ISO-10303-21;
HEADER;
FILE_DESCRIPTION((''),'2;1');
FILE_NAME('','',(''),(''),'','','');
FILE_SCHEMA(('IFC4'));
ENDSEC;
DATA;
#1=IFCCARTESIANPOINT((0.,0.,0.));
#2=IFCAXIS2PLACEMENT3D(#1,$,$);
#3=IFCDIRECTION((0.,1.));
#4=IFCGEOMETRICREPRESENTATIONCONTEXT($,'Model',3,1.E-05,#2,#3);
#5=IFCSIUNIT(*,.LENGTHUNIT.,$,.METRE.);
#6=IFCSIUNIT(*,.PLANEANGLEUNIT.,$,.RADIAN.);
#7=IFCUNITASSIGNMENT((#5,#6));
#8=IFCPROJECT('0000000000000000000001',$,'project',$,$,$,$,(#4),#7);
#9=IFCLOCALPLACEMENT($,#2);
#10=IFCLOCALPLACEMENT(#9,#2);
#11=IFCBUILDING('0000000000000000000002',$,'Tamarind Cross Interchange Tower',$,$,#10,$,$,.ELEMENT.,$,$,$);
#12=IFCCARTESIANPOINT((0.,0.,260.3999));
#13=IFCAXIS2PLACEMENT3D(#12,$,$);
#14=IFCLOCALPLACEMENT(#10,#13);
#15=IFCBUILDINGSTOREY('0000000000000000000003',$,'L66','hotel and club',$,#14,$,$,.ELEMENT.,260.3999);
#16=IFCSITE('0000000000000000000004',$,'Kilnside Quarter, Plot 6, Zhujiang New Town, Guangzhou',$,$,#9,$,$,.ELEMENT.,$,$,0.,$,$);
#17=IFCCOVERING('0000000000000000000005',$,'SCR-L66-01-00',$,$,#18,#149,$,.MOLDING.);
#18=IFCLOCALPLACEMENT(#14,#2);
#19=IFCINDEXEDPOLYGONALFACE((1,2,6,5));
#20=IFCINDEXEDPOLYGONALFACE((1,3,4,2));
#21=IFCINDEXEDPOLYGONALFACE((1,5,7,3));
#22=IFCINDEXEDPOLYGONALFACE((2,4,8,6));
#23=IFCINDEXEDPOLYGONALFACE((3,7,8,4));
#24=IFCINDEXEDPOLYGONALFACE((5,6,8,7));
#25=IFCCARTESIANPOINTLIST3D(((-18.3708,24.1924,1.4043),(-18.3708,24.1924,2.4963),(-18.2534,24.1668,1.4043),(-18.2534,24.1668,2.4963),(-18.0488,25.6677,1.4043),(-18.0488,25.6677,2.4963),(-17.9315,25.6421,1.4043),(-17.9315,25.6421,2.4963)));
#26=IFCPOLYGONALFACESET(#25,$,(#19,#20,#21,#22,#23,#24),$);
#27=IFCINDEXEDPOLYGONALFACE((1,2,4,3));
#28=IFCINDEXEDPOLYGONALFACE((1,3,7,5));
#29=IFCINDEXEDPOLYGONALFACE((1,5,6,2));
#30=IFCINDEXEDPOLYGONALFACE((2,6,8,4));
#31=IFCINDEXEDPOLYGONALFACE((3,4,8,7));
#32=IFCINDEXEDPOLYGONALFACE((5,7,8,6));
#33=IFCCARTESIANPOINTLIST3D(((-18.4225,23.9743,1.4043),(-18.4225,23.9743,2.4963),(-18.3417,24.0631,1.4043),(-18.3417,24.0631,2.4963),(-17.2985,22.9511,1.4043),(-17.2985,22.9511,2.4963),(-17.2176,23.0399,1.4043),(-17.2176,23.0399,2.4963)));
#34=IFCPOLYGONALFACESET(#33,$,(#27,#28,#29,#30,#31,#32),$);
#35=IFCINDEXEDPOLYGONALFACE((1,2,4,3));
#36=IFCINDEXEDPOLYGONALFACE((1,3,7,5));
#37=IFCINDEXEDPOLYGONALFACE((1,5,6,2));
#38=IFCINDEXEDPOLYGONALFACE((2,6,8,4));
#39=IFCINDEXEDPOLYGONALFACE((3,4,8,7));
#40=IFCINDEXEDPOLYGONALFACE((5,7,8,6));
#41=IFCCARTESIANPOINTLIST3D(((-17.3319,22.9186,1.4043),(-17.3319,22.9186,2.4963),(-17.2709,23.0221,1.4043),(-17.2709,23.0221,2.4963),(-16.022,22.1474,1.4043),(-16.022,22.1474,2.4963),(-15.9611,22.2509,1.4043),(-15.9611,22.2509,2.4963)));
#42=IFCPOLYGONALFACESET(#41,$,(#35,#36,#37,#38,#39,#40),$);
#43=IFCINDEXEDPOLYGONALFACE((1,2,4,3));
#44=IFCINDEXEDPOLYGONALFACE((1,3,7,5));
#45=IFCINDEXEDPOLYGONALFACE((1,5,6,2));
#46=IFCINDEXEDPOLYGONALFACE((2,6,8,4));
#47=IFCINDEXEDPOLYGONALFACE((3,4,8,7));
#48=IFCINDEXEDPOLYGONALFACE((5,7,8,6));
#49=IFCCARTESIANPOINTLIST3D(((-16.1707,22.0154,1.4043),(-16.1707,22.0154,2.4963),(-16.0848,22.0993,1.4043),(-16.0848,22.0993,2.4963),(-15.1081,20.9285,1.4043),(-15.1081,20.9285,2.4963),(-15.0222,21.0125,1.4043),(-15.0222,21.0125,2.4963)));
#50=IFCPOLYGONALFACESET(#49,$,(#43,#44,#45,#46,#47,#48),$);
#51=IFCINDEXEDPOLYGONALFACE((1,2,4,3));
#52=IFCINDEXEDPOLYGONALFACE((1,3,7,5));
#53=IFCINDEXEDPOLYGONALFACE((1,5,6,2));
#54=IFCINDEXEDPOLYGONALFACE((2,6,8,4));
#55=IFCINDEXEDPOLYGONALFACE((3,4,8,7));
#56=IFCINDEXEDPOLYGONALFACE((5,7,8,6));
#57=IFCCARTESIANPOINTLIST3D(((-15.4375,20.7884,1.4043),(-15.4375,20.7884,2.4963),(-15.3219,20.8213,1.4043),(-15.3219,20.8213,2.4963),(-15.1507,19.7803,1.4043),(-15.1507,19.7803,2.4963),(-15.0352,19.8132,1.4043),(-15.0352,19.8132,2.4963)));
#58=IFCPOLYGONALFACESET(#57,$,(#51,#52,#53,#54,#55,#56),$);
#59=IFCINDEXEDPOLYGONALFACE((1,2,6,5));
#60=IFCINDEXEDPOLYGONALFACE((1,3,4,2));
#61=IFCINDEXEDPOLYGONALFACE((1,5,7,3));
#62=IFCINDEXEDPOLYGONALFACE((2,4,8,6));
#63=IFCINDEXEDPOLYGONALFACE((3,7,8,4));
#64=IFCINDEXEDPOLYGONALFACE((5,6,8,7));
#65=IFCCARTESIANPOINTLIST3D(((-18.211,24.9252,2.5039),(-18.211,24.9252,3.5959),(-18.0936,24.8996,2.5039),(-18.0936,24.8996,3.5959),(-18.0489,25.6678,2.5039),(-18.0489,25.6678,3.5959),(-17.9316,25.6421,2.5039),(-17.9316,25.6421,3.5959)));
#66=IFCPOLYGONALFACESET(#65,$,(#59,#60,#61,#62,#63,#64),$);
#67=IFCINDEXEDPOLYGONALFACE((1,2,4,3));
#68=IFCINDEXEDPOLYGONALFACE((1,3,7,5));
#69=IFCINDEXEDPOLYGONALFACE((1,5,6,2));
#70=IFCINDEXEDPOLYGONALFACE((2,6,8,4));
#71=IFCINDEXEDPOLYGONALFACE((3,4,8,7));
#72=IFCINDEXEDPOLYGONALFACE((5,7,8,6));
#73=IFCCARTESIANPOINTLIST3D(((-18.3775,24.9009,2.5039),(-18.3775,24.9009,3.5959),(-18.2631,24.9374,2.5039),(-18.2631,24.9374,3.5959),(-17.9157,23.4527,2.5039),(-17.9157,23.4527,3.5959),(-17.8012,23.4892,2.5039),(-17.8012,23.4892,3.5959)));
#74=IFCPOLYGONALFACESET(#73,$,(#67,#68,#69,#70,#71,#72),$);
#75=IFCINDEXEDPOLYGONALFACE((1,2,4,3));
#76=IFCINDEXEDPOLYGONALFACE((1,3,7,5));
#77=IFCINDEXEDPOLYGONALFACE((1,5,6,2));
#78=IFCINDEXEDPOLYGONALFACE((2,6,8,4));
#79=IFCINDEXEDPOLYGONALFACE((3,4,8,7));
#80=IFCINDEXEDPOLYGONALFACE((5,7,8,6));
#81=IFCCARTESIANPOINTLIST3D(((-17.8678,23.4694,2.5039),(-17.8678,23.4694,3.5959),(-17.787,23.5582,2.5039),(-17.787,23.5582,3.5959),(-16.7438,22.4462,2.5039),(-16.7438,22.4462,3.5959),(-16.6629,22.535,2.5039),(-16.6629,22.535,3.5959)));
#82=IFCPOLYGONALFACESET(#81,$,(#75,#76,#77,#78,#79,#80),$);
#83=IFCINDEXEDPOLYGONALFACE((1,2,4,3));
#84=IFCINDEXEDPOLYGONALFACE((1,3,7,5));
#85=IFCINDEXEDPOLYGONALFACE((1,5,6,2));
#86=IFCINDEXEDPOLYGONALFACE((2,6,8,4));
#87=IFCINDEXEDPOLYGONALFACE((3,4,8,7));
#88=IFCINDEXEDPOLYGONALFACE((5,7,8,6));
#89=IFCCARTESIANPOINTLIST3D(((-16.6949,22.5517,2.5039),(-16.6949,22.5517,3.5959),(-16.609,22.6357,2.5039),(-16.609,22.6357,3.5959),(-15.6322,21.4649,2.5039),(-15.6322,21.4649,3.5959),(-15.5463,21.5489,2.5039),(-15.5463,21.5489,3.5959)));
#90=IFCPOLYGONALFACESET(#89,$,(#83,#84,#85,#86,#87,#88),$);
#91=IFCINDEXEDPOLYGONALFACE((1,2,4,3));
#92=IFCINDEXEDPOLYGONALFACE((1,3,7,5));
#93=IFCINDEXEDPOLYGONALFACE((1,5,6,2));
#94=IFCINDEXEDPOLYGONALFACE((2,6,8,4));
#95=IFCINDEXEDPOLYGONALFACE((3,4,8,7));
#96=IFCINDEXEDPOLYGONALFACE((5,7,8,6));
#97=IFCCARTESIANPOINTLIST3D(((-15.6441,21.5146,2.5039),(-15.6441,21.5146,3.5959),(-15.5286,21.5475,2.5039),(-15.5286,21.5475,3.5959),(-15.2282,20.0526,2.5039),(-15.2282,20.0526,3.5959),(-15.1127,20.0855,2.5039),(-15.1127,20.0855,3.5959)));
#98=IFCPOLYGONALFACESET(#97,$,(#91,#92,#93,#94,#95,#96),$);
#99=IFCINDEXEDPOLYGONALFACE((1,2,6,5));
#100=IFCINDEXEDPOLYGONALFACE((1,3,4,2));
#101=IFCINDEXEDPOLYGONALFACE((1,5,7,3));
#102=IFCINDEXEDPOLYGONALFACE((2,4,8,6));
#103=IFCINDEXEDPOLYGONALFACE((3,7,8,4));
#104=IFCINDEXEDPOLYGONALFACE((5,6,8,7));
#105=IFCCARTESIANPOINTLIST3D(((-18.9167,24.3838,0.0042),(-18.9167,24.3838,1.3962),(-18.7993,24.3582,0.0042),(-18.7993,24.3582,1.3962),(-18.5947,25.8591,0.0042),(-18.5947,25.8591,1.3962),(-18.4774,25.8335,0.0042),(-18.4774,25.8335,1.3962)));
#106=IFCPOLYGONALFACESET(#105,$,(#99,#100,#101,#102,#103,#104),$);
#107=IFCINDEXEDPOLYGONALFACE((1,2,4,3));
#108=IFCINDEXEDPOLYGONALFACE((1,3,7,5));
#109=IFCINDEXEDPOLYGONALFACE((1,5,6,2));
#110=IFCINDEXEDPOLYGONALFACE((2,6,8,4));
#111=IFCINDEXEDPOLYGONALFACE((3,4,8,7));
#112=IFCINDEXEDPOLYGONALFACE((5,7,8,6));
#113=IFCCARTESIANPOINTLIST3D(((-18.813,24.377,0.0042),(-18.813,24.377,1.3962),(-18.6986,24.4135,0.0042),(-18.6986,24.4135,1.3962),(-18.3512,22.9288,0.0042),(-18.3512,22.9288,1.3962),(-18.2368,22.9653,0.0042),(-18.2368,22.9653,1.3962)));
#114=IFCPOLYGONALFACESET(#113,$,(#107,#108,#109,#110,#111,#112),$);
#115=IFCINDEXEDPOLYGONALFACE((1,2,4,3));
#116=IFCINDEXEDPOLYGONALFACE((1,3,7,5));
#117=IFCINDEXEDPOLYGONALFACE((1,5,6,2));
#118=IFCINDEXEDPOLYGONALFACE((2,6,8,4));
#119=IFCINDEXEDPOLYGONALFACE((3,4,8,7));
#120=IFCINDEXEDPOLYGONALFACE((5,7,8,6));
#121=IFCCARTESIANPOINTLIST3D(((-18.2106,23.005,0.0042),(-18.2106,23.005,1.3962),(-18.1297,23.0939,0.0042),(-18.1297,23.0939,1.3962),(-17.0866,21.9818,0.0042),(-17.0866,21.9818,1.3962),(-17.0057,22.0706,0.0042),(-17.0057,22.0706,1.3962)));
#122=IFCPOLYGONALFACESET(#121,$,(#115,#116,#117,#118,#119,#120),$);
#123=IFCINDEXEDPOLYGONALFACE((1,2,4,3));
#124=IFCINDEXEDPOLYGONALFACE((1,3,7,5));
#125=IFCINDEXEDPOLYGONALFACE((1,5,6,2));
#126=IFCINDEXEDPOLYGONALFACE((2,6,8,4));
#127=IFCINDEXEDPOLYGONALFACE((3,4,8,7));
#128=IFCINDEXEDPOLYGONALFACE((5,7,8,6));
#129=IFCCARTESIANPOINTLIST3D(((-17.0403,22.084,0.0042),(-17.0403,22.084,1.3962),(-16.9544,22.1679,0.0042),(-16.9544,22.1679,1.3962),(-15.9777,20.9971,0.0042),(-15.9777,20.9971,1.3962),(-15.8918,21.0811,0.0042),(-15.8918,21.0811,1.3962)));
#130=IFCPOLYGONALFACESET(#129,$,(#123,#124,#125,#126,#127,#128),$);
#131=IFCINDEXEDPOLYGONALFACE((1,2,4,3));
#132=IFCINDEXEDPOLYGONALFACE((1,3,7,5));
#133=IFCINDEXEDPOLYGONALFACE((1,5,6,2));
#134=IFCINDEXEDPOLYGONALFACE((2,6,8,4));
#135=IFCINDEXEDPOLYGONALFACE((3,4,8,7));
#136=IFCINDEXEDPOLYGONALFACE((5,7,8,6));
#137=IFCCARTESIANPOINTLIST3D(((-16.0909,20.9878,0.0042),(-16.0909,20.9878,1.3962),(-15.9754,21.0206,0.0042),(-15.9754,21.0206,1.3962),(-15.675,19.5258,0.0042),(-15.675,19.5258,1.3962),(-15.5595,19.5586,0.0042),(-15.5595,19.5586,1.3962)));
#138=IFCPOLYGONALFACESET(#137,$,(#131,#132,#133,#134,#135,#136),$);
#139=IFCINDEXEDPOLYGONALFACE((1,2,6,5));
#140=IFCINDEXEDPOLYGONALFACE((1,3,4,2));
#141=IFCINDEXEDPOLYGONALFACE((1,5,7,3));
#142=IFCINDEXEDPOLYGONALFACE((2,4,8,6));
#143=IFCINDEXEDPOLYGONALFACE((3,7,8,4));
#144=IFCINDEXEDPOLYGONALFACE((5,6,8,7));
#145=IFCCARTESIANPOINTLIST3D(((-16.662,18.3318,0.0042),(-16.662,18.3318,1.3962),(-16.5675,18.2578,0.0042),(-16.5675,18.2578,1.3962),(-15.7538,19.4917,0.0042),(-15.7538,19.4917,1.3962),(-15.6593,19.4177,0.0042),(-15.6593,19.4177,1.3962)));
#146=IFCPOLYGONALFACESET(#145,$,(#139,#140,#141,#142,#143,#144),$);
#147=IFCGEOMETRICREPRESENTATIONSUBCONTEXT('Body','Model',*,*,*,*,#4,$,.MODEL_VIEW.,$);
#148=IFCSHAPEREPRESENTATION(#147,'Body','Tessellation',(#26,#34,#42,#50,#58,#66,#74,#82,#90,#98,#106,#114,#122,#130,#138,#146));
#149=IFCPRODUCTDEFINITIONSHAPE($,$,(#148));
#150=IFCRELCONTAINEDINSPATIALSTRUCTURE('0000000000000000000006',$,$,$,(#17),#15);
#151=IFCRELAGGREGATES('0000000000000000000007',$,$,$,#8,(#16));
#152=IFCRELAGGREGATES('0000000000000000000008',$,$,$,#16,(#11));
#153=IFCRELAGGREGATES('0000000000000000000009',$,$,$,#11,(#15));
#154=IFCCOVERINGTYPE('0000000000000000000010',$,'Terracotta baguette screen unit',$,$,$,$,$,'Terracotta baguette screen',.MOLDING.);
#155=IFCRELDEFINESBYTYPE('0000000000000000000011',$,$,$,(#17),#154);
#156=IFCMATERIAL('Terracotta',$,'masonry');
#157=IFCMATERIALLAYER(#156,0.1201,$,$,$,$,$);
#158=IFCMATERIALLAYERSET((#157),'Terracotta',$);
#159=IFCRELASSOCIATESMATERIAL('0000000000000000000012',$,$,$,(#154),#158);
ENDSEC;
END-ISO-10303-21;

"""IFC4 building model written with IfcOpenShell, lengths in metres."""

from ifc_helpers import new_model, si_unit, direction, frame, origin, origin_2d, place, context, subcontext, project, spatial, rectangle, extrude, material, layer, layer_set, type_object, element, save


model = new_model("IFC4")

# Units and contexts
model_context = context("Model", 3, precision=1e-05, world=origin(), true_north=direction((0.0, 1.0)))
body_context = subcontext(model_context, "Body", "Model", "MODEL_VIEW")
ifc_project = project(units=[si_unit("LENGTHUNIT", "METRE"), si_unit("PLANEANGLEUNIT", "RADIAN")], contexts=[model_context])

# Site, building, storey
site_placement = place(None, origin())
site = spatial("IfcSite", under=ifc_project, at=site_placement, Name="Kilnside Quarter, Plot 6, Zhujiang New Town, Guangzhou", CompositionType="ELEMENT", RefElevation=0.0)
building_placement = place(site_placement, origin())
building = spatial("IfcBuilding", under=site, at=building_placement, Name="Tamarind Cross Interchange Tower", CompositionType="ELEMENT")
storey_placement = place(building_placement, frame((0.0, 0.0, 260.3999)))
storey = spatial("IfcBuildingStorey", under=building, at=storey_placement, Name="L66", Description="hotel and club", CompositionType="ELEMENT", Elevation=260.3999)

# Covering
ifc_material_1 = material(Name="Terracotta", Category="masonry")
ifc_layer_1 = layer(ifc_material_1, 0.1201)
ifc_layer_set_1 = layer_set([ifc_layer_1], Name="Terracotta")
covering_type = type_object("IfcCoveringType", Name="Terracotta baguette screen unit", ElementType="Terracotta baguette screen", PredefinedType="MOLDING", material=ifc_layer_set_1)
covering_1_placement = place(storey_placement, origin())
element("IfcCovering", 1, at=covering_1_placement, inside=storey, type_object=covering_type, Name="SCR-L66-01-00", PredefinedType="MOLDING", context=body_context, shape_type="SweptSolid", body=[
    extrude(rectangle(XDim=1.51, YDim=0.1201, at=origin_2d()), frame((-18.1511, 24.9172, 1.4043), z_axis=(0.0, 0.0, 1.0), x_axis=(-0.213235, -0.977001, 0.0)), (0.0, 0.0, 1.0), 1.092),
    extrude(rectangle(XDim=1.52, YDim=0.1201, at=origin_2d()), frame((-17.8201, 23.5071, 1.4043), z_axis=(0.0, 0.0, 1.0), x_axis=(0.73949, -0.673167, 0.0)), (0.0, 0.0, 1.0), 1.092),
    extrude(rectangle(XDim=1.52, YDim=0.1201, at=origin_2d()), frame((-16.6465, 22.5847, 1.4043), z_axis=(0.0, 0.0, 1.0), x_axis=(0.861739, -0.507353, 0.0)), (0.0, 0.0, 1.0), 1.092),
    extrude(rectangle(XDim=1.52, YDim=0.1201, at=origin_2d()), frame((-15.5964, 21.5139, 1.4043), z_axis=(0.0, 0.0, 1.0), x_axis=(0.699094, -0.715029, 0.0)), (0.0, 0.0, 1.0), 1.092),
    extrude(rectangle(XDim=1.0481, YDim=0.1201, at=origin_2d()), frame((-15.2363, 20.3008, 1.4043), z_axis=(0.0, 0.0, 1.0), x_axis=(0.273604, -0.961842, 0.0)), (0.0, 0.0, 1.0), 1.092),
    extrude(rectangle(XDim=0.76, YDim=0.1201, at=origin_2d()), frame((-18.0713, 25.2837, 2.5039), z_axis=(0.0, 0.0, 1.0), x_axis=(-0.213235, -0.977001, 0.0)), (0.0, 0.0, 1.0), 1.092),
    extrude(rectangle(XDim=1.52, YDim=0.1201, at=origin_2d()), frame((-18.0894, 24.1951, 2.5039), z_axis=(0.0, 0.0, 1.0), x_axis=(0.303834, -0.952725, 0.0)), (0.0, 0.0, 1.0), 1.092),
    extrude(rectangle(XDim=1.52, YDim=0.1201, at=origin_2d()), frame((-17.2654, 23.0022, 2.5039), z_axis=(0.0, 0.0, 1.0), x_axis=(0.73949, -0.673167, 0.0)), (0.0, 0.0, 1.0), 1.092),
    extrude(rectangle(XDim=1.52, YDim=0.1201, at=origin_2d()), frame((-16.1206, 22.0503, 2.5039), z_axis=(0.0, 0.0, 1.0), x_axis=(0.699094, -0.715029, 0.0)), (0.0, 0.0, 1.0), 1.092),
    extrude(rectangle(XDim=1.52, YDim=0.1201, at=origin_2d()), frame((-15.3784, 20.8, 2.5039), z_axis=(0.0, 0.0, 1.0), x_axis=(0.273604, -0.961842, 0.0)), (0.0, 0.0, 1.0), 1.092),
    extrude(rectangle(XDim=1.51, YDim=0.1201, at=origin_2d()), frame((-18.697, 25.1086, 0.0042), z_axis=(0.0, 0.0, 1.0), x_axis=(-0.213235, -0.977001, 0.0)), (0.0, 0.0, 1.0), 1.3921),
    extrude(rectangle(XDim=1.52, YDim=0.1201, at=origin_2d()), frame((-18.5249, 23.6711, 0.0042), z_axis=(0.0, 0.0, 1.0), x_axis=(0.303834, -0.952725, 0.0)), (0.0, 0.0, 1.0), 1.3921),
    extrude(rectangle(XDim=1.52, YDim=0.1201, at=origin_2d()), frame((-17.6082, 22.5378, 0.0042), z_axis=(0.0, 0.0, 1.0), x_axis=(0.73949, -0.673167, 0.0)), (0.0, 0.0, 1.0), 1.3921),
    extrude(rectangle(XDim=1.52, YDim=0.1201, at=origin_2d()), frame((-16.4661, 21.5825, 0.0042), z_axis=(0.0, 0.0, 1.0), x_axis=(0.699094, -0.715029, 0.0)), (0.0, 0.0, 1.0), 1.3921),
    extrude(rectangle(XDim=1.52, YDim=0.1201, at=origin_2d()), frame((-15.8252, 20.2732, 0.0042), z_axis=(0.0, 0.0, 1.0), x_axis=(0.273604, -0.961842, 0.0)), (0.0, 0.0, 1.0), 1.3921),
    extrude(rectangle(XDim=1.4731, YDim=0.1201, at=origin_2d()), frame((-16.1606, 18.8748, 0.0042), z_axis=(0.0, 0.0, 1.0), x_axis=(-0.616508, -0.787349, 0.0)), (0.0, 0.0, 1.0), 1.3921),
])

save(model, "model.ifc")
